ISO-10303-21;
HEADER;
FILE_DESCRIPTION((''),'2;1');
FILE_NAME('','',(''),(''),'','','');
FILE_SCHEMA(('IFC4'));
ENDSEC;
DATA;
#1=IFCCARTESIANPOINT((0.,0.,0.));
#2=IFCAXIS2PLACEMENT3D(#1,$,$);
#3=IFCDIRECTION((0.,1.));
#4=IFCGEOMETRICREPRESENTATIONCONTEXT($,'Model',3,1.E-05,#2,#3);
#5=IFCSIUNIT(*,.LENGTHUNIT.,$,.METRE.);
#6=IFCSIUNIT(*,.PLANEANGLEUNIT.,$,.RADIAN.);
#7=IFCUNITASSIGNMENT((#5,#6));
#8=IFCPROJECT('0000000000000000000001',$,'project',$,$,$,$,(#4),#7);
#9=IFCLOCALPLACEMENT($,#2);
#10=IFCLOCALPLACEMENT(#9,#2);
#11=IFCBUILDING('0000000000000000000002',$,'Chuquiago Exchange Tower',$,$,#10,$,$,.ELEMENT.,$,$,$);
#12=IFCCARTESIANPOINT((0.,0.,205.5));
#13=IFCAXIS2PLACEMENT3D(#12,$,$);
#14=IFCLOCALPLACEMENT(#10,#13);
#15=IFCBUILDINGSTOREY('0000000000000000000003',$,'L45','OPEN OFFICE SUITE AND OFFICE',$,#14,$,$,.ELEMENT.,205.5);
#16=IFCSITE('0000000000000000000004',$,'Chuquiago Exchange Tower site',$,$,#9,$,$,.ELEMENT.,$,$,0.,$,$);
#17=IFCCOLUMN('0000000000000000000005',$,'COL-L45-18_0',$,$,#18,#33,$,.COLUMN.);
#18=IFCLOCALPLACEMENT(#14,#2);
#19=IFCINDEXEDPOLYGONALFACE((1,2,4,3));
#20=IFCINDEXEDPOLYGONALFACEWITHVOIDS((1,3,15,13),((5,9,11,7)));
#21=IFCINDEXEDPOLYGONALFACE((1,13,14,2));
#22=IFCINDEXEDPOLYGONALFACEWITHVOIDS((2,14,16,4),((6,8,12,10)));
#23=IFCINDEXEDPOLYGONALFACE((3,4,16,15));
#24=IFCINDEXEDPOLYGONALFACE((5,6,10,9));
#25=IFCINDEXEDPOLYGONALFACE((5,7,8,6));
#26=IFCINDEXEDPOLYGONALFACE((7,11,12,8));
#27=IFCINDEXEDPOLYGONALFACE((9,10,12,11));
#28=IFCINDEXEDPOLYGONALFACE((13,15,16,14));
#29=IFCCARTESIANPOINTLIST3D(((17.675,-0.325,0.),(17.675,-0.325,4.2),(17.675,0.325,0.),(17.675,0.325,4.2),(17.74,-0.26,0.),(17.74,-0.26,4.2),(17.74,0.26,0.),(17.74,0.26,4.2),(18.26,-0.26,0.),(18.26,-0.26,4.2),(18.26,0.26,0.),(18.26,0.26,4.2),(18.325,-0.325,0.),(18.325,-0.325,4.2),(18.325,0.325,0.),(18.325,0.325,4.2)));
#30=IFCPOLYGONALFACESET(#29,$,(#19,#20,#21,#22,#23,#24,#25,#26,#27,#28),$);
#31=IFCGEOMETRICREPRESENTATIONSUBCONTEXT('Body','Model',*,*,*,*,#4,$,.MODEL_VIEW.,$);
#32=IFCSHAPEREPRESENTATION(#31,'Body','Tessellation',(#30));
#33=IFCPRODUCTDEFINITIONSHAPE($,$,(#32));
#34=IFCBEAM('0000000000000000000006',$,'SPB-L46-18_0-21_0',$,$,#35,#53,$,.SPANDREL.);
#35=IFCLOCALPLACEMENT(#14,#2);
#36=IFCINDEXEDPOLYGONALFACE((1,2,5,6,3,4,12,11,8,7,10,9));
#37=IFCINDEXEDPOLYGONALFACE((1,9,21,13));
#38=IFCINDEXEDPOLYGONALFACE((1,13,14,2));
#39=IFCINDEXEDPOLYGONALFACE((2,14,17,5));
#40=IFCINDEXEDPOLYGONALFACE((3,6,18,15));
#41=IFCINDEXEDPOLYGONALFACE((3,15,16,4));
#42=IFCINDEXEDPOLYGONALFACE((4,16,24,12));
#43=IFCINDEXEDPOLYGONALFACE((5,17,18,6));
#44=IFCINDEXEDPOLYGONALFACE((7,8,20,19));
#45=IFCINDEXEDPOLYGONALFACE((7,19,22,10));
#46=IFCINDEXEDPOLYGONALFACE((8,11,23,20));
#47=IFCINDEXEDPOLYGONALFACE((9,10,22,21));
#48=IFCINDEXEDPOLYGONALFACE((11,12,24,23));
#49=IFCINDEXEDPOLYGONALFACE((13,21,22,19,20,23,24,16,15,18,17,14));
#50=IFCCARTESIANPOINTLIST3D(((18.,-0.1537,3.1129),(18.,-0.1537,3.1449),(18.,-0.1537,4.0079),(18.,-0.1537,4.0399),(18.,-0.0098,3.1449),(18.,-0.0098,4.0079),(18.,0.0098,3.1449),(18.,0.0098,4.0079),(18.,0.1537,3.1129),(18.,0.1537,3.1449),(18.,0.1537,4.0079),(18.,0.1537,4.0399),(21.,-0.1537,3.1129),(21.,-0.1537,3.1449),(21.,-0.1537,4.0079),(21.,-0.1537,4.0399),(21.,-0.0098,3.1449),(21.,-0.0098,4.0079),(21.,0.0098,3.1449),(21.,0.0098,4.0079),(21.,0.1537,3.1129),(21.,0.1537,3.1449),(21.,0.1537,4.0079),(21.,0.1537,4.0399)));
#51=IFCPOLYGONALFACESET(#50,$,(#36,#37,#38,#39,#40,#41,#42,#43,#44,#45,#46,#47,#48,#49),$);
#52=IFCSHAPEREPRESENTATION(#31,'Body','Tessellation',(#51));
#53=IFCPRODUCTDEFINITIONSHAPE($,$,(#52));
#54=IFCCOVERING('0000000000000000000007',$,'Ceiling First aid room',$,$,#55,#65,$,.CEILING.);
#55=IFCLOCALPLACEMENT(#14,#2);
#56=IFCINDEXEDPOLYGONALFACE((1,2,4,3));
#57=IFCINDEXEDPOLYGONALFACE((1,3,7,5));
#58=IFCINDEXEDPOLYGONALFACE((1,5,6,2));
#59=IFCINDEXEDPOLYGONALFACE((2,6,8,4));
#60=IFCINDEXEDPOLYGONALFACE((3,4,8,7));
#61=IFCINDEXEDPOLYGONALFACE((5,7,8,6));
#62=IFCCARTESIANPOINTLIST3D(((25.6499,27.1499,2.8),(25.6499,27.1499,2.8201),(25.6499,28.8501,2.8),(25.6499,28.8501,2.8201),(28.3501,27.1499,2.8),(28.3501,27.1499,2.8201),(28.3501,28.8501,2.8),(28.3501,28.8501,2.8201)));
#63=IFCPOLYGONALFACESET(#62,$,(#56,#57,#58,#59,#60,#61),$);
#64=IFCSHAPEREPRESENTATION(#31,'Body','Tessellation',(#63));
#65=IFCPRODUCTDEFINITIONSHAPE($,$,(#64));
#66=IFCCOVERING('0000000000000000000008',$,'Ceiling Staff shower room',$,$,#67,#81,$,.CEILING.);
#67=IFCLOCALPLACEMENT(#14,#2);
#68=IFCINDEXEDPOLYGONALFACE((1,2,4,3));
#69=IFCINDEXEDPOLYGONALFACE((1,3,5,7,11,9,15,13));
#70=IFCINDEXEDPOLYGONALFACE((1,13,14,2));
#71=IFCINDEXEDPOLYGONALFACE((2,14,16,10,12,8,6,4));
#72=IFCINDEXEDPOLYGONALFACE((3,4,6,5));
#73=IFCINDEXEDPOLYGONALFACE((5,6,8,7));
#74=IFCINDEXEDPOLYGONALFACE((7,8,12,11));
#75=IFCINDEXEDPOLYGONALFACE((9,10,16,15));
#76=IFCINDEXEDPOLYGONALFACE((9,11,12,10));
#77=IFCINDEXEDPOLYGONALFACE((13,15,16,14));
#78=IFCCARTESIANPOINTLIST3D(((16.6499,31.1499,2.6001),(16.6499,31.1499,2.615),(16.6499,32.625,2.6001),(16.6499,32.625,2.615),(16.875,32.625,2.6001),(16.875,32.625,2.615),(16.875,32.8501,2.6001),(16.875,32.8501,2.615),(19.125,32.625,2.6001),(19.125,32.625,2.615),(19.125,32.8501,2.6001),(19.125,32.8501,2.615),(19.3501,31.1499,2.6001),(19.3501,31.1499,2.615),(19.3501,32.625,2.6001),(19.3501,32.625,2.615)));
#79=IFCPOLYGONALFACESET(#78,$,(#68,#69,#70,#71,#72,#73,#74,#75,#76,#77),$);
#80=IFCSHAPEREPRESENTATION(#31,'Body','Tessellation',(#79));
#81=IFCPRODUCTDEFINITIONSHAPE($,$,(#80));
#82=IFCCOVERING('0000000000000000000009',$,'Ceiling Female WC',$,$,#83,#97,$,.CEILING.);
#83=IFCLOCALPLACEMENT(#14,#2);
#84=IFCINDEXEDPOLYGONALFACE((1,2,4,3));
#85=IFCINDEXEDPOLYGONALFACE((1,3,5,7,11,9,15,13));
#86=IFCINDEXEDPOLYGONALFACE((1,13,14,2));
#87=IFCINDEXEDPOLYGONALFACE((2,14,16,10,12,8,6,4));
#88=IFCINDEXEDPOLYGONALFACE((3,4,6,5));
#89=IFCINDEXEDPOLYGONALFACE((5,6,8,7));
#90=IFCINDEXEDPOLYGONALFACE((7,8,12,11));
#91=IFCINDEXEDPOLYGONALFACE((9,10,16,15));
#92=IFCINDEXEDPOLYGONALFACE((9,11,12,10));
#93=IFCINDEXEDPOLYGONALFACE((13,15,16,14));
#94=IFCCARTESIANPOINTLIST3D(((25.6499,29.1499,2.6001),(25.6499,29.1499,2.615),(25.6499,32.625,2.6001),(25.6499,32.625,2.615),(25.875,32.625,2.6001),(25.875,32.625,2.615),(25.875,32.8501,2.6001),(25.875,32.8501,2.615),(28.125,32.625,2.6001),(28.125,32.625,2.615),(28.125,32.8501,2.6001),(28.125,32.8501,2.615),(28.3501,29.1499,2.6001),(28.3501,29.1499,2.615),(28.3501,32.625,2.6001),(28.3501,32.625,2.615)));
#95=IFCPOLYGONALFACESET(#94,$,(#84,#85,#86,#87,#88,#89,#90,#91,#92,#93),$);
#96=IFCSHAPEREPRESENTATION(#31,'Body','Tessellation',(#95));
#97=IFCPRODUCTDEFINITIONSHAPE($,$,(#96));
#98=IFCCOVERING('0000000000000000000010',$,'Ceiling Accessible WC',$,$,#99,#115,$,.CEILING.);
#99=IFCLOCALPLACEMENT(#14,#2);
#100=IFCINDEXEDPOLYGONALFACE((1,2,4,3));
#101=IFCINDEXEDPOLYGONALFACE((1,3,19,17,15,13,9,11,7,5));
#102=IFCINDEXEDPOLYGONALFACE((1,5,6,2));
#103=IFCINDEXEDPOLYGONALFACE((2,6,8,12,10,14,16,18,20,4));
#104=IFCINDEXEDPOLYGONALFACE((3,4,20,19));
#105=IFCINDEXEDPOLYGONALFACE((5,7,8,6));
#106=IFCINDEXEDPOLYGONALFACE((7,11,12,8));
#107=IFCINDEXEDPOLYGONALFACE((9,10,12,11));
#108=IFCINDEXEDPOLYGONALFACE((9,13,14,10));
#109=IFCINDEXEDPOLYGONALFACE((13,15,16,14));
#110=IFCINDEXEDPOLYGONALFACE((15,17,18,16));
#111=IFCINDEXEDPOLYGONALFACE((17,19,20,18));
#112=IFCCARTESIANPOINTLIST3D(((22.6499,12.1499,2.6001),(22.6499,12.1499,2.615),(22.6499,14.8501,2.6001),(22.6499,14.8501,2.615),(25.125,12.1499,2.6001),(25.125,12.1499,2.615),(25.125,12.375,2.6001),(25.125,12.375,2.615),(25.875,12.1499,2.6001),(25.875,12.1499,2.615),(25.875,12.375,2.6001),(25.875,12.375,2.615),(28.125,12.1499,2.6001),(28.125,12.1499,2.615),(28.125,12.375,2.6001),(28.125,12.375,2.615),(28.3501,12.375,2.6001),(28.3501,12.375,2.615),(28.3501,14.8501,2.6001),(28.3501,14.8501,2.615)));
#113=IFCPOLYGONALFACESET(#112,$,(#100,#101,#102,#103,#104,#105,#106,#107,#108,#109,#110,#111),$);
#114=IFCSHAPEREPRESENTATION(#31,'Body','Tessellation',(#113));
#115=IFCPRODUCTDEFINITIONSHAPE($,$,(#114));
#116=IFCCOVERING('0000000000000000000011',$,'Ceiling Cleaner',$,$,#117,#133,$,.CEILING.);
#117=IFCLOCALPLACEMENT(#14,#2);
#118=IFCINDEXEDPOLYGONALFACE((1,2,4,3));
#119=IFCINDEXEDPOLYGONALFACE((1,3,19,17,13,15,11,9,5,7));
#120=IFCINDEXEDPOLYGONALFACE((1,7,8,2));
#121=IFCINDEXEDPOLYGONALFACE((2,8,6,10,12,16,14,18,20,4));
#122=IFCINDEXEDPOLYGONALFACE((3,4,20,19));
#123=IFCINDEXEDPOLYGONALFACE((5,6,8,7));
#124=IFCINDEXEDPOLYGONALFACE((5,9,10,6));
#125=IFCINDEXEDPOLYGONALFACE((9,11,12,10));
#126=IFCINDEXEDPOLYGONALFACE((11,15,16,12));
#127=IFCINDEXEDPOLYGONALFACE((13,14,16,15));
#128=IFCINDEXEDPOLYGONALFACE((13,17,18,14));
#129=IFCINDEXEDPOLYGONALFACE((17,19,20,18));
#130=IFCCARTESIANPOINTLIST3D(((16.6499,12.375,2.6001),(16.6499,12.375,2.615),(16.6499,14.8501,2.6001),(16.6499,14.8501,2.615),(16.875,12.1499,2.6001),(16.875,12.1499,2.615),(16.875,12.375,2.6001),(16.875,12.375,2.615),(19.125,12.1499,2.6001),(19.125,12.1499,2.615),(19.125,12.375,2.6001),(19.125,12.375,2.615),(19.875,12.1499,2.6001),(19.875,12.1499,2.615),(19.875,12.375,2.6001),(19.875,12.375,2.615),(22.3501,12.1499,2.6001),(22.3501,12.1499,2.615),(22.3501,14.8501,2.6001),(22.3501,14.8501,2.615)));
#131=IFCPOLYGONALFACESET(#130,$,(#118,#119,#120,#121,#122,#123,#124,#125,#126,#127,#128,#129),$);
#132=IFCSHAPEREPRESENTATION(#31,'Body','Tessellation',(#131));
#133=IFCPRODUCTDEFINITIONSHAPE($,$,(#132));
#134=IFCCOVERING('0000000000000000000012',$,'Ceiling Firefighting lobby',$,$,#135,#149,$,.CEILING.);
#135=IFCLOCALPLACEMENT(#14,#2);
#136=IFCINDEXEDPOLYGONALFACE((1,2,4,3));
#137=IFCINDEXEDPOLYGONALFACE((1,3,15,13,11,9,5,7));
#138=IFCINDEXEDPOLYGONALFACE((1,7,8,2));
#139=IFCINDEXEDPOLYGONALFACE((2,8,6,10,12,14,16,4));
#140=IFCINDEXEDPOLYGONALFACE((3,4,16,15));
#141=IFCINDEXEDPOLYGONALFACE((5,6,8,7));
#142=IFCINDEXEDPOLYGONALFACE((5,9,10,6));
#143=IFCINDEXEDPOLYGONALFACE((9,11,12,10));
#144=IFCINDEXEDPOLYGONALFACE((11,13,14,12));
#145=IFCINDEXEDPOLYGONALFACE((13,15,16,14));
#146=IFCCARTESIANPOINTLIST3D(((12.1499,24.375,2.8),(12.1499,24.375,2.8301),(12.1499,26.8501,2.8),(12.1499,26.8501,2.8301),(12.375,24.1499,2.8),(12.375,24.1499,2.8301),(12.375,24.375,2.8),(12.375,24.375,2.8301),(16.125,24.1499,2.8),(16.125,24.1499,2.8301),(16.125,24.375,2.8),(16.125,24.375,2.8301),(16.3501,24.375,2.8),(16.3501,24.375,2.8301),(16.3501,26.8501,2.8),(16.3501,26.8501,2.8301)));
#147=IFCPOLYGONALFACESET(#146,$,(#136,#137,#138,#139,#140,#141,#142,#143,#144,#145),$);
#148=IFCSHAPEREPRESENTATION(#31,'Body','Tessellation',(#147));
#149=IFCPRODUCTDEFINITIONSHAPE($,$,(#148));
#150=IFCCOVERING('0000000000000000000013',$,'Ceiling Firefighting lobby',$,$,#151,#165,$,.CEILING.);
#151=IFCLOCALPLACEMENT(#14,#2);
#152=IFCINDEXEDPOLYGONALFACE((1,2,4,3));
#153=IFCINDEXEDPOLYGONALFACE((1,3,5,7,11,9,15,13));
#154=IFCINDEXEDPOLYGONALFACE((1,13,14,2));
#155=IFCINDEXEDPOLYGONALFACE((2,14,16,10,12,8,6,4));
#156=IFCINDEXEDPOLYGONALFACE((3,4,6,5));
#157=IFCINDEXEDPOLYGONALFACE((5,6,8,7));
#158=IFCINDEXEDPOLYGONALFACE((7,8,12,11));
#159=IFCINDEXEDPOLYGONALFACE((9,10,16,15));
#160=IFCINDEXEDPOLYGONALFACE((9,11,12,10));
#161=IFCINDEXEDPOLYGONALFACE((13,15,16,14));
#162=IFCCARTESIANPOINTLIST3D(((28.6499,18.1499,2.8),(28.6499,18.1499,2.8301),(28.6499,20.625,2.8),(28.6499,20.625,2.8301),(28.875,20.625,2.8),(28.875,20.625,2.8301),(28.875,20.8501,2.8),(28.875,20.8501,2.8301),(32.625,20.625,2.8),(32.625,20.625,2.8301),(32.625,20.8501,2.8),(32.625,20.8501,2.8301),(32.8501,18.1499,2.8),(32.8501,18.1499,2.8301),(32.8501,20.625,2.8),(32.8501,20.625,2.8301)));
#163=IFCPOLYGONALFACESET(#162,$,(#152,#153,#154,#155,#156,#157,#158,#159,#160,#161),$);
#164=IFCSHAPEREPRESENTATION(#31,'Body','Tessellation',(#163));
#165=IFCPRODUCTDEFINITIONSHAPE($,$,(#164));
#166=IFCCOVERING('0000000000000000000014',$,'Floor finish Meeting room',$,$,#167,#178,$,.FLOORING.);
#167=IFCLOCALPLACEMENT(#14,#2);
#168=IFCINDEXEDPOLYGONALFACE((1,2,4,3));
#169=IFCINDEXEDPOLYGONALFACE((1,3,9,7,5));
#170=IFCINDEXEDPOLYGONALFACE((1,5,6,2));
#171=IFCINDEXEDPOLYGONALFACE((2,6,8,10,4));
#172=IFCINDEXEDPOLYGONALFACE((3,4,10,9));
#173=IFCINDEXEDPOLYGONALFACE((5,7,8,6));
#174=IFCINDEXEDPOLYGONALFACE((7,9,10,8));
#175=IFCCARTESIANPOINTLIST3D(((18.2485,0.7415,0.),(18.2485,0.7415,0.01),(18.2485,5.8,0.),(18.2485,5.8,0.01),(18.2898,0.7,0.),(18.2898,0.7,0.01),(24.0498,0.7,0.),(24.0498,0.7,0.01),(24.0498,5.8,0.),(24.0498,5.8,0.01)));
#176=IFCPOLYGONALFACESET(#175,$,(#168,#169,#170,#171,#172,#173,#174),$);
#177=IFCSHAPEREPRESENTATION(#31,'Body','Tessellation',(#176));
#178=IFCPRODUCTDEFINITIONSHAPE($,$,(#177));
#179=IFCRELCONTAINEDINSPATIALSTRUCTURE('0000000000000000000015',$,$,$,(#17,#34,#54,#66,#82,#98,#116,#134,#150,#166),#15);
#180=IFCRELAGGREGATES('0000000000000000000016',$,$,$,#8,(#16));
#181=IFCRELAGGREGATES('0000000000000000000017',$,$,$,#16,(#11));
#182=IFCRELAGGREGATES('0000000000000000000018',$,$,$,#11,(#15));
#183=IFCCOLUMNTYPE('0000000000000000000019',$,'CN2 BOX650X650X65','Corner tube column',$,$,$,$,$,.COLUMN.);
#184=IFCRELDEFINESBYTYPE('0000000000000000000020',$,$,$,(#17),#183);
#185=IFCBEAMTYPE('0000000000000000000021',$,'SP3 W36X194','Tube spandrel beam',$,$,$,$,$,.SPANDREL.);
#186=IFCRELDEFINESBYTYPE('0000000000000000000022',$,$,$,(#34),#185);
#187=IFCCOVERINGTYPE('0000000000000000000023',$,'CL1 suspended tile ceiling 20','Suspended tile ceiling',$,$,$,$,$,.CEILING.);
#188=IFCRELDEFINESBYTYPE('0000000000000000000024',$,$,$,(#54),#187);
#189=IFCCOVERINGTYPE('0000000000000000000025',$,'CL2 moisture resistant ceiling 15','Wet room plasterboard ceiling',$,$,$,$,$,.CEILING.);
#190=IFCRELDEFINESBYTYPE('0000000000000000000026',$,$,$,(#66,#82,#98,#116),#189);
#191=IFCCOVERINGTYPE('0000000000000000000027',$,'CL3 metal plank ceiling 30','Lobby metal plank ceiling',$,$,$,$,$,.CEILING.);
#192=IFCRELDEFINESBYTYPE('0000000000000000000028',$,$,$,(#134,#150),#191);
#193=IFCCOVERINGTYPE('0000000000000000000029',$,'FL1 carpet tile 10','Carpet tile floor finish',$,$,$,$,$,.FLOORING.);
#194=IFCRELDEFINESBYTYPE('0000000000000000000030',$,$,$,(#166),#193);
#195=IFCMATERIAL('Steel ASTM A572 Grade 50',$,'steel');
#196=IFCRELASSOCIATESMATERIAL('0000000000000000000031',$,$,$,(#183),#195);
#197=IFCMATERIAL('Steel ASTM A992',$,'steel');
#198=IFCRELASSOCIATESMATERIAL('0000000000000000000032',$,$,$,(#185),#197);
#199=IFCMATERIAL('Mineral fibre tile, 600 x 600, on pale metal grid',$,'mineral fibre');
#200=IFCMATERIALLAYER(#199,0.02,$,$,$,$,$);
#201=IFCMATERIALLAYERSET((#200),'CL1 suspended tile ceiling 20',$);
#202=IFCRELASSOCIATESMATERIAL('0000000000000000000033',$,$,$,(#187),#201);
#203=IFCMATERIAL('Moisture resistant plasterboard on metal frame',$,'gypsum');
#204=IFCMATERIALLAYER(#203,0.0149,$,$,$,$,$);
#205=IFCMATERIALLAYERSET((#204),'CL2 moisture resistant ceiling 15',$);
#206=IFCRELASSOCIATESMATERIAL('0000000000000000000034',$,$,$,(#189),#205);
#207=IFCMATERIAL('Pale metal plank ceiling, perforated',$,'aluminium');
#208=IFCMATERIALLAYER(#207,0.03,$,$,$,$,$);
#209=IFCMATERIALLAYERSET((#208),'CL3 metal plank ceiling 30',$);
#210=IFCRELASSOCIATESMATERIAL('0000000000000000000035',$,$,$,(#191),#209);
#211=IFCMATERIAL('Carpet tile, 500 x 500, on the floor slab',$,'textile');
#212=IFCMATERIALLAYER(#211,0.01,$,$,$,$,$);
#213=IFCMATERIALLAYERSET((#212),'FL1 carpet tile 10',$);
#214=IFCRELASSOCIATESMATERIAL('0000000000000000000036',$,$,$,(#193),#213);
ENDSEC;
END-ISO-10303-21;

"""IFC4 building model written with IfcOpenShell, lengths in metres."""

from ifc_helpers import new_model, si_unit, direction, frame, origin, origin_2d, place, context, subcontext, project, spatial, polyline, hollow_rectangle, i_section, outline, extrude, material, layer, layer_set, material_profile, profile_set, type_object, element, save


model = new_model("IFC4")

# Units and contexts
model_context = context("Model", 3, precision=1e-05, world=origin(), true_north=direction((0.0, 1.0)))
body_context = subcontext(model_context, "Body", "Model", "MODEL_VIEW")
ifc_project = project(units=[si_unit("LENGTHUNIT", "METRE"), si_unit("PLANEANGLEUNIT", "RADIAN")], contexts=[model_context])

# Site, building, storey
site_placement = place(None, origin())
site = spatial("IfcSite", under=ifc_project, at=site_placement, Name="Chuquiago Exchange Tower site", CompositionType="ELEMENT", RefElevation=0.0)
building_placement = place(site_placement, origin())
building = spatial("IfcBuilding", under=site, at=building_placement, Name="Chuquiago Exchange Tower", CompositionType="ELEMENT")
storey_placement = place(building_placement, frame((0.0, 0.0, 205.5)))
storey = spatial("IfcBuildingStorey", under=building, at=storey_placement, Name="L45", Description="OPEN OFFICE SUITE AND OFFICE", CompositionType="ELEMENT", Elevation=205.5)

# Column
ifc_material_1 = material(Name="Steel ASTM A572 Grade 50", Category="steel")
ifc_material_profile_1 = material_profile(ifc_material_1, hollow_rectangle(XDim=0.6499, YDim=0.6499, WallThickness=0.0649, at=origin_2d()), Name="BOX650X650X65")
ifc_profile_set_1 = profile_set([ifc_material_profile_1], Name="Steel ASTM A572 Grade 50")
column_type = type_object("IfcColumnType", Name="CN2 BOX650X650X65", Description="Corner tube column", PredefinedType="COLUMN", material=ifc_profile_set_1)
column_placement = place(storey_placement, frame((18.0, 0.0, 0.0), z_axis=(0.0, 0.0, 1.0), x_axis=(0.0, -1.0, 0.0)))
element("IfcColumn", 1, at=column_placement, inside=storey, type_object=column_type, Name="COL-L45-18_0", PredefinedType="COLUMN", context=body_context, shape_type="SweptSolid", body=[
    extrude(hollow_rectangle(XDim=0.6499, YDim=0.6499, WallThickness=0.0649, at=origin_2d()), origin(), (0.0, 0.0, 1.0), 4.2),
])

# Beam
ifc_material_2 = material(Name="Steel ASTM A992", Category="steel")
ifc_material_profile_2 = material_profile(ifc_material_2, i_section(OverallWidth=0.3074, OverallDepth=0.927, WebThickness=0.0195, FlangeThickness=0.032, at=origin_2d()), Name="W36X194")
ifc_profile_set_2 = profile_set([ifc_material_profile_2], Name="Steel ASTM A992")
beam_type = type_object("IfcBeamType", Name="SP3 W36X194", Description="Tube spandrel beam", PredefinedType="SPANDREL", material=ifc_profile_set_2)
beam_placement = place(storey_placement, frame((18.0, 0.0, 3.5764), z_axis=(1.0, 0.0, 0.0), x_axis=(0.0, 1.0, 0.0)))
element("IfcBeam", 2, at=beam_placement, inside=storey, type_object=beam_type, Name="SPB-L46-18_0-21_0", PredefinedType="SPANDREL", context=body_context, shape_type="SweptSolid", body=[
    extrude(i_section(OverallWidth=0.3074, OverallDepth=0.927, WebThickness=0.0195, FlangeThickness=0.032, at=origin_2d()), origin(), (0.0, 0.0, 1.0), 3.0),
])

# Coverings
ifc_material_3 = material(Name="Mineral fibre tile, 600 x 600, on pale metal grid", Category="mineral fibre")
ifc_layer_1 = layer(ifc_material_3, 0.02)
ifc_layer_set_1 = layer_set([ifc_layer_1], Name="CL1 suspended tile ceiling 20")
covering_type_1 = type_object("IfcCoveringType", Name="CL1 suspended tile ceiling 20", Description="Suspended tile ceiling", PredefinedType="CEILING", material=ifc_layer_set_1)
covering_1_placement = place(storey_placement, frame((0.0, 0.0, 2.8)))
element("IfcCovering", 3, at=covering_1_placement, inside=storey, type_object=covering_type_1, Name="Ceiling First aid room", PredefinedType="CEILING", context=body_context, shape_type="SweptSolid", body=[
    extrude(outline(polyline([(25.6499, 27.1499), (25.6499, 28.8501), (28.3501, 28.8501), (28.3501, 27.1499), (25.6499, 27.1499)])), origin(), (0.0, 0.0, 1.0), 0.02),
])
ifc_material_4 = material(Name="Moisture resistant plasterboard on metal frame", Category="gypsum")
ifc_layer_2 = layer(ifc_material_4, 0.0149)
ifc_layer_set_2 = layer_set([ifc_layer_2], Name="CL2 moisture resistant ceiling 15")
covering_type_2 = type_object("IfcCoveringType", Name="CL2 moisture resistant ceiling 15", Description="Wet room plasterboard ceiling", PredefinedType="CEILING", material=ifc_layer_set_2)
covering_2_placement = place(storey_placement, frame((0.0, 0.0, 2.6001)))
element("IfcCovering", 4, at=covering_2_placement, inside=storey, type_object=covering_type_2, Name="Ceiling Staff shower room", PredefinedType="CEILING", context=body_context, shape_type="SweptSolid", body=[
    extrude(outline(polyline([(16.6499, 31.1499), (16.6499, 32.625), (16.875, 32.625), (16.875, 32.8501), (19.125, 32.8501), (19.125, 32.625), (19.3501, 32.625), (19.3501, 31.1499), (16.6499, 31.1499)])), origin(), (0.0, 0.0, 1.0), 0.0149),
])
covering_3_placement = place(storey_placement, frame((0.0, 0.0, 2.6001)))
element("IfcCovering", 5, at=covering_3_placement, inside=storey, type_object=covering_type_2, Name="Ceiling Female WC", PredefinedType="CEILING", context=body_context, shape_type="SweptSolid", body=[
    extrude(outline(polyline([(25.6499, 29.1499), (25.6499, 32.625), (25.875, 32.625), (25.875, 32.8501), (28.125, 32.8501), (28.125, 32.625), (28.3501, 32.625), (28.3501, 29.1499), (25.6499, 29.1499)])), origin(), (0.0, 0.0, 1.0), 0.0149),
])
covering_4_placement = place(storey_placement, frame((0.0, 0.0, 2.6001)))
element("IfcCovering", 6, at=covering_4_placement, inside=storey, type_object=covering_type_2, Name="Ceiling Accessible WC", PredefinedType="CEILING", context=body_context, shape_type="SweptSolid", body=[
    extrude(outline(polyline([(25.875, 12.1499), (25.875, 12.375), (25.125, 12.375), (25.125, 12.1499), (22.6499, 12.1499), (22.6499, 14.8501), (28.3501, 14.8501), (28.3501, 12.375), (28.125, 12.375), (28.125, 12.1499), (25.875, 12.1499)])), origin(), (0.0, 0.0, 1.0), 0.0149),
])
covering_5_placement = place(storey_placement, frame((0.0, 0.0, 2.6001)))
element("IfcCovering", 7, at=covering_5_placement, inside=storey, type_object=covering_type_2, Name="Ceiling Cleaner", PredefinedType="CEILING", context=body_context, shape_type="SweptSolid", body=[
    extrude(outline(polyline([(19.875, 12.1499), (19.875, 12.375), (19.125, 12.375), (19.125, 12.1499), (16.875, 12.1499), (16.875, 12.375), (16.6499, 12.375), (16.6499, 14.8501), (22.3501, 14.8501), (22.3501, 12.1499), (19.875, 12.1499)])), origin(), (0.0, 0.0, 1.0), 0.0149),
])
ifc_material_5 = material(Name="Pale metal plank ceiling, perforated", Category="aluminium")
ifc_layer_3 = layer(ifc_material_5, 0.03)
ifc_layer_set_3 = layer_set([ifc_layer_3], Name="CL3 metal plank ceiling 30")
covering_type_3 = type_object("IfcCoveringType", Name="CL3 metal plank ceiling 30", Description="Lobby metal plank ceiling", PredefinedType="CEILING", material=ifc_layer_set_3)
covering_6_placement = place(storey_placement, frame((0.0, 0.0, 2.8)))
element("IfcCovering", 8, at=covering_6_placement, inside=storey, type_object=covering_type_3, Name="Ceiling Firefighting lobby", PredefinedType="CEILING", context=body_context, shape_type="SweptSolid", body=[
    extrude(outline(polyline([(12.375, 24.1499), (12.375, 24.375), (12.1499, 24.375), (12.1499, 26.8501), (16.3501, 26.8501), (16.3501, 24.375), (16.125, 24.375), (16.125, 24.1499), (12.375, 24.1499)])), origin(), (0.0, 0.0, 1.0), 0.03),
])
covering_7_placement = place(storey_placement, frame((0.0, 0.0, 2.8)))
element("IfcCovering", 9, at=covering_7_placement, inside=storey, type_object=covering_type_3, Name="Ceiling Firefighting lobby", PredefinedType="CEILING", context=body_context, shape_type="SweptSolid", body=[
    extrude(outline(polyline([(28.6499, 18.1499), (28.6499, 20.625), (28.875, 20.625), (28.875, 20.8501), (32.625, 20.8501), (32.625, 20.625), (32.8501, 20.625), (32.8501, 18.1499), (28.6499, 18.1499)])), origin(), (0.0, 0.0, 1.0), 0.03),
])
ifc_material_6 = material(Name="Carpet tile, 500 x 500, on the floor slab", Category="textile")
ifc_layer_4 = layer(ifc_material_6, 0.01)
ifc_layer_set_4 = layer_set([ifc_layer_4], Name="FL1 carpet tile 10")
covering_type_4 = type_object("IfcCoveringType", Name="FL1 carpet tile 10", Description="Carpet tile floor finish", PredefinedType="FLOORING", material=ifc_layer_set_4)
covering_8_placement = place(storey_placement, origin())
element("IfcCovering", 10, at=covering_8_placement, inside=storey, type_object=covering_type_4, Name="Floor finish Meeting room", PredefinedType="FLOORING", context=body_context, shape_type="SweptSolid", body=[
    extrude(outline(polyline([(18.2898, 0.7), (18.2485, 0.7415), (18.2485, 5.8), (24.0498, 5.8), (24.0498, 0.7), (18.2898, 0.7)])), origin(), (0.0, 0.0, 1.0), 0.01),
])

save(model, "model.ifc")
